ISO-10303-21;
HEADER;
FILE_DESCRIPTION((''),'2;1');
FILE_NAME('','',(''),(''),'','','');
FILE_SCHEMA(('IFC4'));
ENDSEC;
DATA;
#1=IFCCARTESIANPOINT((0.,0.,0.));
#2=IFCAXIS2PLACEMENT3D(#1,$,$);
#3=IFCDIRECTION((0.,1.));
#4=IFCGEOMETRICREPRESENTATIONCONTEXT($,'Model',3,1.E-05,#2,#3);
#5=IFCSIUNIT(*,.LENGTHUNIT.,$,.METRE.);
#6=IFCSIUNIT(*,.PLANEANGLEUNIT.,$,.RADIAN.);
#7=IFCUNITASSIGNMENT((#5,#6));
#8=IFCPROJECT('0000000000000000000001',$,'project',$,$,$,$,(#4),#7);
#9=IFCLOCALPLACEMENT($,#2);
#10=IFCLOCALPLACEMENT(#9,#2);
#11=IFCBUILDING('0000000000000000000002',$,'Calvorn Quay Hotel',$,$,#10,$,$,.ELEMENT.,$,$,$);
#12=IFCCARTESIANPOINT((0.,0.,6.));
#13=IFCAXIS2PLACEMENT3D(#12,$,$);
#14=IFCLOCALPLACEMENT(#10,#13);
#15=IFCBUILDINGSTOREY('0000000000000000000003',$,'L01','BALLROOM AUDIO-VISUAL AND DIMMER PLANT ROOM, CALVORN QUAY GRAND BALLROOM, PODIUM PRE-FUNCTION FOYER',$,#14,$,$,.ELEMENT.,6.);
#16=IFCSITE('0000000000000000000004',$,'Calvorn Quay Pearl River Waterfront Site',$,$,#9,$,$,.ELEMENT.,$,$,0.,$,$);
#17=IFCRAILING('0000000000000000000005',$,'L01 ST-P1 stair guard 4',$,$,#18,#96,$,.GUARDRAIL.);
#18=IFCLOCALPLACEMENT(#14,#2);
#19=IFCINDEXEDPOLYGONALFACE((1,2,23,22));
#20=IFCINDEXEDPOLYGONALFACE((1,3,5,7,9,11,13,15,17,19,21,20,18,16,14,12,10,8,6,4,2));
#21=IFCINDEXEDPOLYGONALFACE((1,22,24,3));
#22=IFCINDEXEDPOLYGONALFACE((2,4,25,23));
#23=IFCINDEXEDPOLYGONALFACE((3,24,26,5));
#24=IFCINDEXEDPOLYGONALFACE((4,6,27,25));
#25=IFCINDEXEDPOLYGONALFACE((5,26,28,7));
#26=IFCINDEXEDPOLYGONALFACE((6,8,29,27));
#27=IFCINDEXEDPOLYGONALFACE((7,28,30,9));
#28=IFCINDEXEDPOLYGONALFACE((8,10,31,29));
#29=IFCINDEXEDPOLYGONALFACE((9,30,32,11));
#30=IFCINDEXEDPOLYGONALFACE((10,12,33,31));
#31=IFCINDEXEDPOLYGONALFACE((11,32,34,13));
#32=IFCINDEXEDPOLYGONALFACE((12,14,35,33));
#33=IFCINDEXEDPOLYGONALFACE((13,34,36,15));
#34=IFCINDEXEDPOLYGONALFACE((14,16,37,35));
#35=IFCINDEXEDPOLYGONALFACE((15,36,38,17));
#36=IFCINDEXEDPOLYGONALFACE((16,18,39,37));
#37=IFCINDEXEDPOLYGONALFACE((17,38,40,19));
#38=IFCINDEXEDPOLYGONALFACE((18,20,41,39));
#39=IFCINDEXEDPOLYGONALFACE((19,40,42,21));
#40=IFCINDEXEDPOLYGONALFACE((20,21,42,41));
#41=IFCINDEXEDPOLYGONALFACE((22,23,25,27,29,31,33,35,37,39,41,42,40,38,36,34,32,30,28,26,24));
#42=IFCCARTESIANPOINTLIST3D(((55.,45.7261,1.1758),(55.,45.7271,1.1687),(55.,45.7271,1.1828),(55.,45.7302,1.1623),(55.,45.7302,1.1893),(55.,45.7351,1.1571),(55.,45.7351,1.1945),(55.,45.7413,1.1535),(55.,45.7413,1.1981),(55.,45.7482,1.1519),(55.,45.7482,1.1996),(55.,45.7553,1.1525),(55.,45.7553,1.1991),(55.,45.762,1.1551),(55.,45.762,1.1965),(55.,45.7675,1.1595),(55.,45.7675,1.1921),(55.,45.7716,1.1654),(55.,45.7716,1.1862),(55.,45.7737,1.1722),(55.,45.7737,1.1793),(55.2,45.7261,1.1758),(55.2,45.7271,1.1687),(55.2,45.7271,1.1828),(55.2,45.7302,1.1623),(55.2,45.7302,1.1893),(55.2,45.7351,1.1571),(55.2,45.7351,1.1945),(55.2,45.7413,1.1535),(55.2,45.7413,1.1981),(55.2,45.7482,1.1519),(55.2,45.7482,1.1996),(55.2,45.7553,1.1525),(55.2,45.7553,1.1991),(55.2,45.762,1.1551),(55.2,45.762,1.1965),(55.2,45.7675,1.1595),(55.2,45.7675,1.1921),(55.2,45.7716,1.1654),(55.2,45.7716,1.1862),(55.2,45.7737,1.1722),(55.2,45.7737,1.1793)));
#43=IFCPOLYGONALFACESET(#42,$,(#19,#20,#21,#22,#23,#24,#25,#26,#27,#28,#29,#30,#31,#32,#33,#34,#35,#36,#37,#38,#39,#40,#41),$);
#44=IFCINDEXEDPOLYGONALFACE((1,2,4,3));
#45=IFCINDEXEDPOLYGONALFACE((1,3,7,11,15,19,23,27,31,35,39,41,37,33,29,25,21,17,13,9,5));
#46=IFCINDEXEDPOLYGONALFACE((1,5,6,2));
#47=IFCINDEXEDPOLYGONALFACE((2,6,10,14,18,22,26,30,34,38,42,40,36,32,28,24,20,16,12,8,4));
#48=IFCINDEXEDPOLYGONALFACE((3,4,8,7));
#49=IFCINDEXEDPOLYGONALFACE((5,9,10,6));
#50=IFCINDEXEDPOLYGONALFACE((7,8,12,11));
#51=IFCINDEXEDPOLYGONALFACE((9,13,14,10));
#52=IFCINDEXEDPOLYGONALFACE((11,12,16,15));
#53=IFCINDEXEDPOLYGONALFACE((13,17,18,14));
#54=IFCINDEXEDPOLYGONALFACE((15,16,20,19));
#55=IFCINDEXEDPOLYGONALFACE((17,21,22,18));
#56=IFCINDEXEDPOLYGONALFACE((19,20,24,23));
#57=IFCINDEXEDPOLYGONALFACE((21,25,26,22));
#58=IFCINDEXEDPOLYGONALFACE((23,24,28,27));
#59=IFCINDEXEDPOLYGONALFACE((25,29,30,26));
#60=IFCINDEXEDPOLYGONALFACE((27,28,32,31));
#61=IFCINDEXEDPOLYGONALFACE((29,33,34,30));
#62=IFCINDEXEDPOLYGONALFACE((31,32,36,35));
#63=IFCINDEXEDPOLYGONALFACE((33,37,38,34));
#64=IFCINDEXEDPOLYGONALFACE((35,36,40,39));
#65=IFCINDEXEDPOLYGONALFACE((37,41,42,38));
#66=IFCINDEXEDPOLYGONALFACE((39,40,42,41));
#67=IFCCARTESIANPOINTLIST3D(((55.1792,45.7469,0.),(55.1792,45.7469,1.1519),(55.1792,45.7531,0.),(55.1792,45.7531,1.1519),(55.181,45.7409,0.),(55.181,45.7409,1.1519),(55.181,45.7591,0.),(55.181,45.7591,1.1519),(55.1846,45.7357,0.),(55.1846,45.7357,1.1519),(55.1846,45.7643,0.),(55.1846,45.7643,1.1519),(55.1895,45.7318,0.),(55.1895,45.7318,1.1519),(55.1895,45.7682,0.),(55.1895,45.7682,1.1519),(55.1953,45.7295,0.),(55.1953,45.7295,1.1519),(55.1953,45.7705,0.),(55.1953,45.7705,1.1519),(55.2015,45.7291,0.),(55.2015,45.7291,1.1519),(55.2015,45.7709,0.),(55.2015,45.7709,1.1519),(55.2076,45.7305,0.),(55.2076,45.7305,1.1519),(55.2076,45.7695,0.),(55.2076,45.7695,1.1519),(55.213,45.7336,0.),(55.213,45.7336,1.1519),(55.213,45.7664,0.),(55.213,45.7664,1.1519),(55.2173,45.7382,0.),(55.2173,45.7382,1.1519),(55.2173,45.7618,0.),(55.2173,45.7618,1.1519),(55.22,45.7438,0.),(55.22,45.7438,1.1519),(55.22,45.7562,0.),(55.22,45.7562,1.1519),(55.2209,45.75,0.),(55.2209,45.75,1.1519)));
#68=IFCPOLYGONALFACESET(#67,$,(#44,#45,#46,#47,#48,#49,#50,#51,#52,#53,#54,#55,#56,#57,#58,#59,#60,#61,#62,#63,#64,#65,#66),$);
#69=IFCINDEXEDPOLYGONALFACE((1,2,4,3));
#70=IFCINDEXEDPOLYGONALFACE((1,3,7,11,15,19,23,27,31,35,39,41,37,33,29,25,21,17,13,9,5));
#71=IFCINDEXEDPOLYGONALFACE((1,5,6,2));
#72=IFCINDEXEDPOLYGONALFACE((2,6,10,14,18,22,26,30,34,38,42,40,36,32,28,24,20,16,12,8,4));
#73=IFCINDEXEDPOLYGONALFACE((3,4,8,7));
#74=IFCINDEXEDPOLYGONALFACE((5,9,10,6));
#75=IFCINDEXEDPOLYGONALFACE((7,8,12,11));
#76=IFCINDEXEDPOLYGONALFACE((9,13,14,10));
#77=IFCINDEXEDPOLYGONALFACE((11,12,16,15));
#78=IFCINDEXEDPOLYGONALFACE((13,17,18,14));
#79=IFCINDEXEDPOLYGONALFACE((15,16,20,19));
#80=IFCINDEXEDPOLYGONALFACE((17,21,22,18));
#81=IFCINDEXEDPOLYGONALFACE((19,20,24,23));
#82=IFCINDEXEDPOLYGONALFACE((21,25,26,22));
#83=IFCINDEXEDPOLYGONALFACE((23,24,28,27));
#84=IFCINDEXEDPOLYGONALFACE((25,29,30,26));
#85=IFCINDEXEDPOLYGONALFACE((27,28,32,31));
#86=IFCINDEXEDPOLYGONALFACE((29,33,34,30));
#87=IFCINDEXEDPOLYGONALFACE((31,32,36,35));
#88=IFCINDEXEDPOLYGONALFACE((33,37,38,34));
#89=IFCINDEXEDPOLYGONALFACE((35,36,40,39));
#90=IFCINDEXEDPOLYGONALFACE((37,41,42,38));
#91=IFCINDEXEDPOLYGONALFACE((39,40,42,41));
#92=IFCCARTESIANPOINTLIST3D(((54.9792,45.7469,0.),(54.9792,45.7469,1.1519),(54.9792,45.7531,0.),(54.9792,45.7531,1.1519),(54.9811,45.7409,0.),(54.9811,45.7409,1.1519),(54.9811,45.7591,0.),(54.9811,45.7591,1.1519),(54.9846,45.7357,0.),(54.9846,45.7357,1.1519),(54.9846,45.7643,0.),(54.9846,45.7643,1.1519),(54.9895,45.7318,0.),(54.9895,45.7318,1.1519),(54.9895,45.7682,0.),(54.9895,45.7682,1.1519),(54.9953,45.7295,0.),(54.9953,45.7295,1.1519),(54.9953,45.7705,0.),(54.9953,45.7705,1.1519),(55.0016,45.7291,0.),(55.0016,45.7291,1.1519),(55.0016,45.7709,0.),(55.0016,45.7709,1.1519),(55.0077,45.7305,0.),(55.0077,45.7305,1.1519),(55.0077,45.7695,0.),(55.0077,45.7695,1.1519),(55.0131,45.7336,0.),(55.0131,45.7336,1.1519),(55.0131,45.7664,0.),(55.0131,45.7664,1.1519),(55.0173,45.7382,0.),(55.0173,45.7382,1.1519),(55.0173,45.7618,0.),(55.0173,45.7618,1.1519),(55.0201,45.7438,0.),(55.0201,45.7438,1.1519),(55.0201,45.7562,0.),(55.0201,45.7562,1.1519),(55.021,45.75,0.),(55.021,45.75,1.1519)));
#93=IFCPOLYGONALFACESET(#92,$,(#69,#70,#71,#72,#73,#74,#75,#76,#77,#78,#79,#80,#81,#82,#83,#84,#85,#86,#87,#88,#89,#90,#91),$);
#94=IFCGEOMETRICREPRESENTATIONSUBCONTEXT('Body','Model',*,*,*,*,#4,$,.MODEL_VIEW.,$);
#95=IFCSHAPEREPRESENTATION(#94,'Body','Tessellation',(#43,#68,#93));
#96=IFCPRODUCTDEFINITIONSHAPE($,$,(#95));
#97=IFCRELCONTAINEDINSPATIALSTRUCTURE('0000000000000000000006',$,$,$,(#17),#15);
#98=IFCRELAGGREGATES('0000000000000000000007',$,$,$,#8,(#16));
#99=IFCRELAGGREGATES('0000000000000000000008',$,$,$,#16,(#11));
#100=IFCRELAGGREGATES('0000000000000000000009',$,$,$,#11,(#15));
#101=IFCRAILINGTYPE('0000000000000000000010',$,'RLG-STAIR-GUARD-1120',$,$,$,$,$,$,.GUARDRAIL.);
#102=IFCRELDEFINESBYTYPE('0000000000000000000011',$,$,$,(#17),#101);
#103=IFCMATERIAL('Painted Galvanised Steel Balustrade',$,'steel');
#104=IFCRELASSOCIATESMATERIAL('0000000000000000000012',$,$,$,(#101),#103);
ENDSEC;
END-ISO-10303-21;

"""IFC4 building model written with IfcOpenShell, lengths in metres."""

from ifc_helpers import new_model, si_unit, direction, frame, origin, origin_2d, place, context, subcontext, project, spatial, circle, extrude, material, type_object, element, save


model = new_model("IFC4")

# Units and contexts
model_context = context("Model", 3, precision=1e-05, world=origin(), true_north=direction((0.0, 1.0)))
body_context = subcontext(model_context, "Body", "Model", "MODEL_VIEW")
ifc_project = project(units=[si_unit("LENGTHUNIT", "METRE"), si_unit("PLANEANGLEUNIT", "RADIAN")], contexts=[model_context])

# Site, building, storey
site_placement = place(None, origin())
site = spatial("IfcSite", under=ifc_project, at=site_placement, Name="Calvorn Quay Pearl River Waterfront Site", CompositionType="ELEMENT", RefElevation=0.0)
building_placement = place(site_placement, origin())
building = spatial("IfcBuilding", under=site, at=building_placement, Name="Calvorn Quay Hotel", CompositionType="ELEMENT")
storey_placement = place(building_placement, frame((0.0, 0.0, 6.0)))
storey = spatial("IfcBuildingStorey", under=building, at=storey_placement, Name="L01", Description="BALLROOM AUDIO-VISUAL AND DIMMER PLANT ROOM, CALVORN QUAY GRAND BALLROOM, PODIUM PRE-FUNCTION FOYER", CompositionType="ELEMENT", Elevation=6.0)

# Railing
ifc_material_1 = material(Name="Painted Galvanised Steel Balustrade", Category="steel")
railing_type_1 = type_object("IfcRailingType", Name="RLG-STAIR-GUARD-1120", PredefinedType="GUARDRAIL", material=ifc_material_1)
railing_1_placement = place(storey_placement, frame((55.2, 45.75, 0.0)))
element("IfcRailing", 1, at=railing_1_placement, inside=storey, type_object=railing_type_1, Name="L01 ST-P1 stair guard 4", PredefinedType="GUARDRAIL", context=body_context, shape_type="SweptSolid", body=[
    extrude(circle(Radius=0.0239, at=origin_2d()), frame((0.0, 0.0, 1.1758), z_axis=(-1.0, 0.0, 0.0), x_axis=(0.0, -1.0, 0.0)), (0.0, 0.0, 1.0), 0.2),
    extrude(circle(Radius=0.021, at=origin_2d()), origin(), (0.0, 0.0, 1.0), 1.1519),
    extrude(circle(Radius=0.021, at=origin_2d()), frame((-0.2, 0.0, 0.0)), (0.0, 0.0, 1.0), 1.1519),
])

save(model, "model.ifc")
